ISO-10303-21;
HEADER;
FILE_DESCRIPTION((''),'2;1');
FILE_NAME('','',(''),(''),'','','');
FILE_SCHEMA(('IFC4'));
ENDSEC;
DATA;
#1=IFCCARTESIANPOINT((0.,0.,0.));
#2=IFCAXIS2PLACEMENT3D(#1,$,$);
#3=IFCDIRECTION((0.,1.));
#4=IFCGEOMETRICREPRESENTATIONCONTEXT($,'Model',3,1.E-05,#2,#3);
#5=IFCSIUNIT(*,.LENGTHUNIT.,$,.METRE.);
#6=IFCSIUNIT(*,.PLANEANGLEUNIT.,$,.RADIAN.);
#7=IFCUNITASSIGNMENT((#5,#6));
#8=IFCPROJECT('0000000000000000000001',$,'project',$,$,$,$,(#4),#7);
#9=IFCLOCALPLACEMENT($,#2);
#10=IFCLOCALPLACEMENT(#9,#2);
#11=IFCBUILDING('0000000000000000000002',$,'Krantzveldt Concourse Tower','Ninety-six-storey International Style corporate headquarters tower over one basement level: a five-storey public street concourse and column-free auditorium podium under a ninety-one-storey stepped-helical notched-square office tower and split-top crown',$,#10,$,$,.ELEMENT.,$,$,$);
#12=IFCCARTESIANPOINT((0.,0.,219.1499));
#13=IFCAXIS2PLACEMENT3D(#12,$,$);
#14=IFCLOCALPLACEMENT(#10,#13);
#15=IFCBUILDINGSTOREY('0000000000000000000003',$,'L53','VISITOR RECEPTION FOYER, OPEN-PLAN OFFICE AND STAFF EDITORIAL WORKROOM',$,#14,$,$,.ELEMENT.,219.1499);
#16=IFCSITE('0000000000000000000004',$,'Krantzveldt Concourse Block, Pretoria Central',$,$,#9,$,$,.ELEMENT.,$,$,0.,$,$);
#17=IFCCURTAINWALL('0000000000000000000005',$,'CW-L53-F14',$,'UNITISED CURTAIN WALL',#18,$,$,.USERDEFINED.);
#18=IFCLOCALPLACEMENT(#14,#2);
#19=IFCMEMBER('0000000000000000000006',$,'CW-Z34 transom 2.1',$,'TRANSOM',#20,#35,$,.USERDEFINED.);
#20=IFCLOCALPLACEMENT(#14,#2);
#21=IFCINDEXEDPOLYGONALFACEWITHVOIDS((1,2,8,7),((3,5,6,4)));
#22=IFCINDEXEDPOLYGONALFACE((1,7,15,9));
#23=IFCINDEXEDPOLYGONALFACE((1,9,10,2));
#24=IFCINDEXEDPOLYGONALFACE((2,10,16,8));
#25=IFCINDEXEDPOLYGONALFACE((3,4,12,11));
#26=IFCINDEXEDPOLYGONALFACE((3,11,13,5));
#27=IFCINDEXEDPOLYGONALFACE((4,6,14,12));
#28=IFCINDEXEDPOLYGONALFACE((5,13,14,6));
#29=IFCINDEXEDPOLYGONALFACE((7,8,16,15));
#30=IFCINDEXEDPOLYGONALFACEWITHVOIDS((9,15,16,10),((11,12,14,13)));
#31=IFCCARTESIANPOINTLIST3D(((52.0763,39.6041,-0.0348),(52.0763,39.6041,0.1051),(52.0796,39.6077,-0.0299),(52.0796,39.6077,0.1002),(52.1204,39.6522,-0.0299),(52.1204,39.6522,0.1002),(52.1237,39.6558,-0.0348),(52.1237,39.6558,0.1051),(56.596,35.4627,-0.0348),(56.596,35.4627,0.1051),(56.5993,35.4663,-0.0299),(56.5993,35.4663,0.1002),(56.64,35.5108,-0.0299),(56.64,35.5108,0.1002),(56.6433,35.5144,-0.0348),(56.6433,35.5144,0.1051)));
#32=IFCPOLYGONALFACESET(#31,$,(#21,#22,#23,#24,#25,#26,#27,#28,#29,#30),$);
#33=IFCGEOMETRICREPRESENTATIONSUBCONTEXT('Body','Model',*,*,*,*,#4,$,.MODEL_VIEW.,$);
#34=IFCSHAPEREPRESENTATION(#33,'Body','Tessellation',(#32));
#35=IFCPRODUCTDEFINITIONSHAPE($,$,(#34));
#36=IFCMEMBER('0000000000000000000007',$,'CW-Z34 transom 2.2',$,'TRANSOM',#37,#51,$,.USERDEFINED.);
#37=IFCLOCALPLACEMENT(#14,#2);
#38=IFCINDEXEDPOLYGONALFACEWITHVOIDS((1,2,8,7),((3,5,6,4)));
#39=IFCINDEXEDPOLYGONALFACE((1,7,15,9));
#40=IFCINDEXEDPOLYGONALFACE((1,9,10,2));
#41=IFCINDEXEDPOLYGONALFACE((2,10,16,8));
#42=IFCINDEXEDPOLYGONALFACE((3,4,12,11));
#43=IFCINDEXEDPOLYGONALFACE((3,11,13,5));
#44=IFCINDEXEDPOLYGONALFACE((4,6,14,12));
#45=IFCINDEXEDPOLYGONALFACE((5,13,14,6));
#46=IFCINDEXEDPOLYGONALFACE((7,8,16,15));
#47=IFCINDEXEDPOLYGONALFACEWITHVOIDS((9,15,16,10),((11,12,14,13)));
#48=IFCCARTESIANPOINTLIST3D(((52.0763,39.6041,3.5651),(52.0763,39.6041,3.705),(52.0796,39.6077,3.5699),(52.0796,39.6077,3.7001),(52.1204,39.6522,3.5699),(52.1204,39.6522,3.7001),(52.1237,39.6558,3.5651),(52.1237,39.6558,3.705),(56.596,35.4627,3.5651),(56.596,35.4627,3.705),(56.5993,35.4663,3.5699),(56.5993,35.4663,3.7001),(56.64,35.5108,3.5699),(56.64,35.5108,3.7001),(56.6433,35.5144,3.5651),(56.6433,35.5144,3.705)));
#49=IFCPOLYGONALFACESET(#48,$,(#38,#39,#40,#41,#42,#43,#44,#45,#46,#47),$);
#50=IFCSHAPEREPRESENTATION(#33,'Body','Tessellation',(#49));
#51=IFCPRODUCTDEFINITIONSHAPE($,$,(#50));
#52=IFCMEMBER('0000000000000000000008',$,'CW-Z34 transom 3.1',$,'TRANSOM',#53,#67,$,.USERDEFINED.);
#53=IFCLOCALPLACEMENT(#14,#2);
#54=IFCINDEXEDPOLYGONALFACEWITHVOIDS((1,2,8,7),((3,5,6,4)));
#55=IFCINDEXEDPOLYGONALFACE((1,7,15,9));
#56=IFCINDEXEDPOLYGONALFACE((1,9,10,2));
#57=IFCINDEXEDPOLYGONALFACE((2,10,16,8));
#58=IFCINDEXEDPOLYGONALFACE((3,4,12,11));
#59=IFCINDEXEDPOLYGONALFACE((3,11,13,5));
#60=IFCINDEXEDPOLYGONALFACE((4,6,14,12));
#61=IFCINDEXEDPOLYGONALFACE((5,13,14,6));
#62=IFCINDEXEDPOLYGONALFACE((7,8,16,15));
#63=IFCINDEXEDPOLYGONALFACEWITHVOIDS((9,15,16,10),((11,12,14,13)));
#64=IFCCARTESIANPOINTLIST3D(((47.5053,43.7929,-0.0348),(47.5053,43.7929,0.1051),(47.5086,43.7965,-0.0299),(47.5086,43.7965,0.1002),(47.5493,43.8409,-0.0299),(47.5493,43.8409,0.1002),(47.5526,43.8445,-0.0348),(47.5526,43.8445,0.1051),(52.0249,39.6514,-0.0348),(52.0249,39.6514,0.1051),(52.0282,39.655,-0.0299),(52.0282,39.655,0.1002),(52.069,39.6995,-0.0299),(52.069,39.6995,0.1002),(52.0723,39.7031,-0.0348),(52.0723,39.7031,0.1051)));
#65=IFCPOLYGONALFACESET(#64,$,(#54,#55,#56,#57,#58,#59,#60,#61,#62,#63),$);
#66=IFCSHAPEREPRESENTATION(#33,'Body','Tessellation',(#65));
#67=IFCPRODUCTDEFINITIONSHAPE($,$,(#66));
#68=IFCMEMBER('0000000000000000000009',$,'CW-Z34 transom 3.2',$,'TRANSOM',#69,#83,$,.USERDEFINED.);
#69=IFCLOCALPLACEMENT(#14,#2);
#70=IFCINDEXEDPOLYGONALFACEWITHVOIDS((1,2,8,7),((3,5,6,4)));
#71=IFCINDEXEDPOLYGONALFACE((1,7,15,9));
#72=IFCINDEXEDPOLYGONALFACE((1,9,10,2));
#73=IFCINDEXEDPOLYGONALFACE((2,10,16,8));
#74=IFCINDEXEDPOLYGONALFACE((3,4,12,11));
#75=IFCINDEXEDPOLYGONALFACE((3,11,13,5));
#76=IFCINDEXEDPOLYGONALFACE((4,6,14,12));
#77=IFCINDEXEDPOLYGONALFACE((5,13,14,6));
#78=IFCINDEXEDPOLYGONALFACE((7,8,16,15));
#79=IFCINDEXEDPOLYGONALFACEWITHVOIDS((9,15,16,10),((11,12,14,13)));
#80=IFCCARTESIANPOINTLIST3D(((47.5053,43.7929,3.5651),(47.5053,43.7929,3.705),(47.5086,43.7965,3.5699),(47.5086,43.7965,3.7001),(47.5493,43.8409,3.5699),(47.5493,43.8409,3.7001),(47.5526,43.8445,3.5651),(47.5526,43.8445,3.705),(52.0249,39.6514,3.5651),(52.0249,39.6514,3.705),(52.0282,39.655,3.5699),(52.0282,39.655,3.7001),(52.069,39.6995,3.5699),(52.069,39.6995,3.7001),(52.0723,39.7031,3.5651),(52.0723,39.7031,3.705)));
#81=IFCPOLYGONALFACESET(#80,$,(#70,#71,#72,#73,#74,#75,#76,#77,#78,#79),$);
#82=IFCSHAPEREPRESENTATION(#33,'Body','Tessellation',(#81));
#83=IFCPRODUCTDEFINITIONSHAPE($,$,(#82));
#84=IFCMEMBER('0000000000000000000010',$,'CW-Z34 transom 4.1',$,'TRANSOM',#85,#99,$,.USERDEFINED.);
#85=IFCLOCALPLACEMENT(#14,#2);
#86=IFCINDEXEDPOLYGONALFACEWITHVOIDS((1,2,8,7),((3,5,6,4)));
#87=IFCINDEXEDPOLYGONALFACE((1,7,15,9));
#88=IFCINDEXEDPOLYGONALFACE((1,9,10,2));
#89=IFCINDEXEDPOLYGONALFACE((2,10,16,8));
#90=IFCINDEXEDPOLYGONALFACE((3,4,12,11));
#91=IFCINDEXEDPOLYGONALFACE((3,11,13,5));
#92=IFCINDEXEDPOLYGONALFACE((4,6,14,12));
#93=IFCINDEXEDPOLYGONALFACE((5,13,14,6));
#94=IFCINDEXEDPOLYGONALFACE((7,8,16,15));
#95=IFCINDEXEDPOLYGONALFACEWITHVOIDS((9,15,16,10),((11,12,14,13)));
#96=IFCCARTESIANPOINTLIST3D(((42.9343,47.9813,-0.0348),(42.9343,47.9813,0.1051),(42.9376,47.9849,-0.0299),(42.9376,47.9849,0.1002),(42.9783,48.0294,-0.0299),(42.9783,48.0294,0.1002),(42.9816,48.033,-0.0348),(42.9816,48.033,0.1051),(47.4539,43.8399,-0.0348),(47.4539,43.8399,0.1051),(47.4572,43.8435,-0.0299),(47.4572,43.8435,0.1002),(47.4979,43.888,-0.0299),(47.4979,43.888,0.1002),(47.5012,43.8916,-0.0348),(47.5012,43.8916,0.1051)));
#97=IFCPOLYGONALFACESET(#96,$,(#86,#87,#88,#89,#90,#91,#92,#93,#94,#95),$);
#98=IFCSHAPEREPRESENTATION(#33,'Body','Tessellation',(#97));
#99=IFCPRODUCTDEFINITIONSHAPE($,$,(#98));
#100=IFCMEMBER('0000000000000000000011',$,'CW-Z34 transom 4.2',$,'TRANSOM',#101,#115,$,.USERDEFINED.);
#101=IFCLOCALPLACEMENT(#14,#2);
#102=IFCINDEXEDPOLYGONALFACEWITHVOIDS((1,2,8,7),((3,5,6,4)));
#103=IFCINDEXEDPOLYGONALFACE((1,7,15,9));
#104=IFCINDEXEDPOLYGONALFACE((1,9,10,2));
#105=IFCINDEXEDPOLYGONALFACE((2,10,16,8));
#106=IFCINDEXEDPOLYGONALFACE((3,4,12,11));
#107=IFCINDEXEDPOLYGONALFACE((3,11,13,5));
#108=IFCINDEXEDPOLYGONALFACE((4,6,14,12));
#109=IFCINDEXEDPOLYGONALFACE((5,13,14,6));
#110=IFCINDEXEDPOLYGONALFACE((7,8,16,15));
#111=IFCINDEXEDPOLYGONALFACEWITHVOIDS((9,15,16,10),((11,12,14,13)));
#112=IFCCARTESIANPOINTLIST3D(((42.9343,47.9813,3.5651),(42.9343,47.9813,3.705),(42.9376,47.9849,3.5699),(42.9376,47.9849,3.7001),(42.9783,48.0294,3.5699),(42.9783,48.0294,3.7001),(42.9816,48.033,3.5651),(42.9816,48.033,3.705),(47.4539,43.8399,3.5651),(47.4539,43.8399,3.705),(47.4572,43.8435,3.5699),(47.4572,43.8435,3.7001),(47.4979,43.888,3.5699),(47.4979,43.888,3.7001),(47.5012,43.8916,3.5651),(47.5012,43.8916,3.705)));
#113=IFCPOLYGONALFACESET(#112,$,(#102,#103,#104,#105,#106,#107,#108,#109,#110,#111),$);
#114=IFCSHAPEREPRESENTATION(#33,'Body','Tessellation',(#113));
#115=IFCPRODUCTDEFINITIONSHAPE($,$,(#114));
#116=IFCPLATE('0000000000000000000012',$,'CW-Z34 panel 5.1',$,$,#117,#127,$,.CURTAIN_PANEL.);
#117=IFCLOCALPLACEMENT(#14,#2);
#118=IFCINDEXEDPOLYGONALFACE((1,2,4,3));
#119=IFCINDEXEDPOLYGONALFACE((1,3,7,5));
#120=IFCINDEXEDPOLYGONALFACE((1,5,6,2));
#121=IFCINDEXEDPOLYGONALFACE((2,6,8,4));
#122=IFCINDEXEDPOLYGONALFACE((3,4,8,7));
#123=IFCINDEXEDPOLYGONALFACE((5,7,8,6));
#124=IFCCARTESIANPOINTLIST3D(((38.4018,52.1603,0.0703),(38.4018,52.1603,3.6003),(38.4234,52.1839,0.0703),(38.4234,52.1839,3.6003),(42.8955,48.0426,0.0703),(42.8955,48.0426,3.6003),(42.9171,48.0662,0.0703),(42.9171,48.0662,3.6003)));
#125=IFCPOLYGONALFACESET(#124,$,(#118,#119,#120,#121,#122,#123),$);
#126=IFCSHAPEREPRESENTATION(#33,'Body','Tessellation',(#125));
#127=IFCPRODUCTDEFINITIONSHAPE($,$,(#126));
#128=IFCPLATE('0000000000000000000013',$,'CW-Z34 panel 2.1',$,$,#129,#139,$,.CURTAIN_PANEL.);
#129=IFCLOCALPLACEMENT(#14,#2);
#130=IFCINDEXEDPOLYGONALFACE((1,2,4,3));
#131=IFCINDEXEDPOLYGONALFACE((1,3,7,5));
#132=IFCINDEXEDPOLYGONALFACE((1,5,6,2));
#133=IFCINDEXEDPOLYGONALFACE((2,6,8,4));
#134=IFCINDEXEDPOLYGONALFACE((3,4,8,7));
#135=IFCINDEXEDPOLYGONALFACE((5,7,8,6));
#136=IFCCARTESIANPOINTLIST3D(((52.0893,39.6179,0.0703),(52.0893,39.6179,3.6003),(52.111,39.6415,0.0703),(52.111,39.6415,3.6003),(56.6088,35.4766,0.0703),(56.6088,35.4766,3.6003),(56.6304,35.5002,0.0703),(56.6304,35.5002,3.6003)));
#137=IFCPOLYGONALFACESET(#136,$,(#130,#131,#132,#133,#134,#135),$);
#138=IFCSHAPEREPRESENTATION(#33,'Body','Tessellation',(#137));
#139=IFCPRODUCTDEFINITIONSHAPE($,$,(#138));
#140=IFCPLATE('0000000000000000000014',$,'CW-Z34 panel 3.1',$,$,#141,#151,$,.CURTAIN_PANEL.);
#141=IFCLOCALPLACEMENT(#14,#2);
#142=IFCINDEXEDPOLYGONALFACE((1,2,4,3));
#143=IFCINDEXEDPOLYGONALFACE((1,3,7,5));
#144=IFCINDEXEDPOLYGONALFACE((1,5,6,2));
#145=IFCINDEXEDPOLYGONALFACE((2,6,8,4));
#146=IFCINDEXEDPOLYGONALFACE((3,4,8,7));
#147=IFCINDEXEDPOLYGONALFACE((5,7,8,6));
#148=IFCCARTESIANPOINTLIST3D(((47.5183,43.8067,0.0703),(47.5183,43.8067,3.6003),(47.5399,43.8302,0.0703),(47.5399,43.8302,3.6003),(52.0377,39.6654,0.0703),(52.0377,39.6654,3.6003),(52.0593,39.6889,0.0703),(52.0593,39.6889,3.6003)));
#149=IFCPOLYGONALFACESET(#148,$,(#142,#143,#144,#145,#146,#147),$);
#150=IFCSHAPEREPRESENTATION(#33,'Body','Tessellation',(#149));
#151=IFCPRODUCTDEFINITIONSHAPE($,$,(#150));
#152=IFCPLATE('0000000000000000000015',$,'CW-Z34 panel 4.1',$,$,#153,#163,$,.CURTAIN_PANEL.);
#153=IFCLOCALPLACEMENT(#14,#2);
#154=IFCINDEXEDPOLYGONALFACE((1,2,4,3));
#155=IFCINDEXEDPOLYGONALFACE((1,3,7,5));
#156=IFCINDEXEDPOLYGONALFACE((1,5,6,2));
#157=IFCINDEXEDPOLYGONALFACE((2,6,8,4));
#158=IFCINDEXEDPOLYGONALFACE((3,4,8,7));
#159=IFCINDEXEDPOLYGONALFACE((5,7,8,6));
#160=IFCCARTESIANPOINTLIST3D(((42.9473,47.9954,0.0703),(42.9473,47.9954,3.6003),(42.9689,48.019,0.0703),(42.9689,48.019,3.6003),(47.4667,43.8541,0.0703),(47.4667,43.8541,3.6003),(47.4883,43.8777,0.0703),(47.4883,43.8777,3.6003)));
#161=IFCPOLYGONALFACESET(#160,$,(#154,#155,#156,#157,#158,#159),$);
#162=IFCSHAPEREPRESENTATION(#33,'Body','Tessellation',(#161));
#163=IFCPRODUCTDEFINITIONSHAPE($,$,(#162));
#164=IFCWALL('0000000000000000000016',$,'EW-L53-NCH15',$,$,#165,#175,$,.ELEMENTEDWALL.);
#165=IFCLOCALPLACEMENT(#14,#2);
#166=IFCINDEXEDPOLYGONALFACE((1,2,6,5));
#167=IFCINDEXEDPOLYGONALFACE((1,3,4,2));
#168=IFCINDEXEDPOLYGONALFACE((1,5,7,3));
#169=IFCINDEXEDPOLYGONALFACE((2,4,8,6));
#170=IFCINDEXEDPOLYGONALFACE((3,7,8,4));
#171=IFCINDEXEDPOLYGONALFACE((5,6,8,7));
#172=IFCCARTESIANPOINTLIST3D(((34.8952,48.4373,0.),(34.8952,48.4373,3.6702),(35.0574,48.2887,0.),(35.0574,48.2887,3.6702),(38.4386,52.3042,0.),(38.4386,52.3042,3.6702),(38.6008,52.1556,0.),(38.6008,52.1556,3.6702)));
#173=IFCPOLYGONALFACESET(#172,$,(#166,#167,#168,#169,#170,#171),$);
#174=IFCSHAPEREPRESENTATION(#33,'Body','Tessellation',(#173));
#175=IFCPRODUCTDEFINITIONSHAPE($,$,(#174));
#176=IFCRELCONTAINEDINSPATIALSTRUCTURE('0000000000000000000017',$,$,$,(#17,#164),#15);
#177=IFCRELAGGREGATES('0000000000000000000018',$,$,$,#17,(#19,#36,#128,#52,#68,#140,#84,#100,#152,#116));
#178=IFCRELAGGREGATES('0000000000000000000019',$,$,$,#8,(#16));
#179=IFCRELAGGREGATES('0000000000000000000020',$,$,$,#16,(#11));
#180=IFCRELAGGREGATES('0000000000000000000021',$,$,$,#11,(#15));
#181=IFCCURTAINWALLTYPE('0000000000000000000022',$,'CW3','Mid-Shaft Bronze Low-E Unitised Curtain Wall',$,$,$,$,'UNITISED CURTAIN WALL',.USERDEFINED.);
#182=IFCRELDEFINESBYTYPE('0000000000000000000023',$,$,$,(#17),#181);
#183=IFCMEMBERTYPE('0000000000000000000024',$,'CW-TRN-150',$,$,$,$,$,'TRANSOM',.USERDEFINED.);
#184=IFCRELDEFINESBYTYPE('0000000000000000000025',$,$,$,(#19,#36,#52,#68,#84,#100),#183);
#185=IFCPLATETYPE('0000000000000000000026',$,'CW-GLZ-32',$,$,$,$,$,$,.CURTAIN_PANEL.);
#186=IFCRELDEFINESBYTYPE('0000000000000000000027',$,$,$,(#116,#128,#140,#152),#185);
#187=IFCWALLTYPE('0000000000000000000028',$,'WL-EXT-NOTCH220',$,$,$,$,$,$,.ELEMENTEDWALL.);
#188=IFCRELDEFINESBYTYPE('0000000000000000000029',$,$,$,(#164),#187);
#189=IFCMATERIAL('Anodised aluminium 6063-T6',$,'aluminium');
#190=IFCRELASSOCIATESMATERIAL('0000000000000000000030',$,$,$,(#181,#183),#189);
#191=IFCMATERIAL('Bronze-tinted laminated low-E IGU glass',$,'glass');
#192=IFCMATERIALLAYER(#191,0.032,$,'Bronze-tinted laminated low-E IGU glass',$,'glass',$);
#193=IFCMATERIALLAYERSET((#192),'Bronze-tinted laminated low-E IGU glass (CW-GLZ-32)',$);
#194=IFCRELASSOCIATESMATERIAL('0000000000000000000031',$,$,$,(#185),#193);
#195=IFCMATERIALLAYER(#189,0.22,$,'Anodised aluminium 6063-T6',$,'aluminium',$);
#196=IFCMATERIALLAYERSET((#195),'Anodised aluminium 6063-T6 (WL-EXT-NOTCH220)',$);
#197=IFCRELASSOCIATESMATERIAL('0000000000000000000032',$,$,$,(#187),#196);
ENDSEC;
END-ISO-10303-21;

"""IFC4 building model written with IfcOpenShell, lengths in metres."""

from ifc_helpers import new_model, si_unit, direction, frame, frame_2d, origin, origin_2d, place, context, subcontext, project, spatial, rectangle, hollow_rectangle, extrude, source, transform, mapped, material, layer, layer_set, material_profile, profile_set, type_object, type_shapes, element, aggregate, save


model = new_model("IFC4")

# Units and contexts
model_context = context("Model", 3, precision=1e-05, world=origin(), true_north=direction((0.0, 1.0)))
body_context = subcontext(model_context, "Body", "Model", "MODEL_VIEW")
ifc_project = project(units=[si_unit("LENGTHUNIT", "METRE"), si_unit("PLANEANGLEUNIT", "RADIAN")], contexts=[model_context])

# Site, building, storey
site_placement = place(None, origin())
site = spatial("IfcSite", under=ifc_project, at=site_placement, Name="Krantzveldt Concourse Block, Pretoria Central", CompositionType="ELEMENT", RefElevation=0.0)
building_placement = place(site_placement, origin())
building = spatial("IfcBuilding", under=site, at=building_placement, Name="Krantzveldt Concourse Tower", Description="Ninety-six-storey International Style corporate headquarters tower over one basement level: a five-storey public street concourse and column-free auditorium podium under a ninety-one-storey stepped-helical notched-square office tower and split-top crown", CompositionType="ELEMENT")
storey_placement = place(building_placement, frame((0.0, 0.0, 219.1499)))
storey = spatial("IfcBuildingStorey", under=building, at=storey_placement, Name="L53", Description="VISITOR RECEPTION FOYER, OPEN-PLAN OFFICE AND STAFF EDITORIAL WORKROOM", CompositionType="ELEMENT", Elevation=219.1499)

# Curtain wall, members, plates
ifc_material_1 = material(Name="Anodised aluminium 6063-T6", Category="aluminium")
curtain_wall_type = type_object("IfcCurtainWallType", Name="CW3", Description="Mid-Shaft Bronze Low-E Unitised Curtain Wall", ElementType="UNITISED CURTAIN WALL", PredefinedType="USERDEFINED", material=ifc_material_1)
curtain_wall_placement = place(storey_placement, origin())
curtain_wall = element("IfcCurtainWall", 1, at=curtain_wall_placement, inside=storey, type_object=curtain_wall_type, Name="CW-L53-F14", ObjectType="UNITISED CURTAIN WALL", PredefinedType="USERDEFINED")
ifc_material_profile_1 = material_profile(ifc_material_1, hollow_rectangle(XDim=0.0701, YDim=0.1399, WallThickness=0.0049, at=origin_2d()), Name="Anodised aluminium 6063-T6", Category="aluminium")
ifc_profile_set_1 = profile_set([ifc_material_profile_1], Name="Anodised aluminium 6063-T6 - ALU-TRAN 140x70x5")
member_type_1 = type_object("IfcMemberType", Name="CW-TRN-150", ElementType="TRANSOM", PredefinedType="USERDEFINED", material=ifc_profile_set_1)
shared_shape_1 = source(origin(), body_context, "Body", "SweptSolid", [
    extrude(hollow_rectangle(XDim=0.0701, YDim=0.1399, WallThickness=0.0049, at=origin_2d()), origin(), (0.0, 0.0, 1.0), 6.1301),
])
member_1_placement = place(storey_placement, frame((56.6196, 35.4885, 0.0352), z_axis=(-0.73728, 0.675588, 0.0), x_axis=(-0.675588, -0.73728, 0.0)))
member_1 = element("IfcMember", 2, at=member_1_placement, type_object=member_type_1, Name="CW-Z34 transom 2.1", ObjectType="TRANSOM", PredefinedType="USERDEFINED", context=body_context, shape_type="MappedRepresentation", body=[
    mapped(shared_shape_1, transform((0.0, 0.0, 0.0), x_axis=(1.0, 0.0, 0.0), y_axis=(0.0, 1.0, 0.0), z_axis=(0.0, 0.0, 1.0), scale=1.0)),
])
member_2_placement = place(storey_placement, frame((56.6196, 35.4885, 3.635), z_axis=(-0.73728, 0.675588, 0.0), x_axis=(-0.675588, -0.73728, 0.0)))
member_2 = element("IfcMember", 3, at=member_2_placement, type_object=member_type_1, Name="CW-Z34 transom 2.2", ObjectType="TRANSOM", PredefinedType="USERDEFINED", context=body_context, shape_type="MappedRepresentation", body=[
    mapped(shared_shape_1, transform((0.0, 0.0, 0.0), x_axis=(1.0, 0.0, 0.0), y_axis=(0.0, 1.0, 0.0), z_axis=(0.0, 0.0, 1.0), scale=1.0)),
])
member_3_placement = place(storey_placement, frame((52.0486, 39.6772, 0.0352), z_axis=(-0.73728, 0.675588, 0.0), x_axis=(-0.675588, -0.73728, 0.0)))
member_3 = element("IfcMember", 4, at=member_3_placement, type_object=member_type_1, Name="CW-Z34 transom 3.1", ObjectType="TRANSOM", PredefinedType="USERDEFINED", context=body_context, shape_type="MappedRepresentation", body=[
    mapped(shared_shape_1, transform((0.0, 0.0, 0.0), x_axis=(1.0, 0.0, 0.0), y_axis=(0.0, 1.0, 0.0), z_axis=(0.0, 0.0, 1.0), scale=1.0)),
])
member_4_placement = place(storey_placement, frame((52.0486, 39.6772, 3.635), z_axis=(-0.73728, 0.675588, 0.0), x_axis=(-0.675588, -0.73728, 0.0)))
member_4 = element("IfcMember", 5, at=member_4_placement, type_object=member_type_1, Name="CW-Z34 transom 3.2", ObjectType="TRANSOM", PredefinedType="USERDEFINED", context=body_context, shape_type="MappedRepresentation", body=[
    mapped(shared_shape_1, transform((0.0, 0.0, 0.0), x_axis=(1.0, 0.0, 0.0), y_axis=(0.0, 1.0, 0.0), z_axis=(0.0, 0.0, 1.0), scale=1.0)),
])
member_5_placement = place(storey_placement, frame((47.4775, 43.8657, 0.0352), z_axis=(-0.73728, 0.675588, 0.0), x_axis=(-0.675588, -0.73728, 0.0)))
member_5 = element("IfcMember", 6, at=member_5_placement, type_object=member_type_1, Name="CW-Z34 transom 4.1", ObjectType="TRANSOM", PredefinedType="USERDEFINED", context=body_context, shape_type="MappedRepresentation", body=[
    mapped(shared_shape_1, transform((0.0, 0.0, 0.0), x_axis=(1.0, 0.0, 0.0), y_axis=(0.0, 1.0, 0.0), z_axis=(0.0, 0.0, 1.0), scale=1.0)),
])
member_6_placement = place(storey_placement, frame((47.4775, 43.8657, 3.635), z_axis=(-0.73728, 0.675588, 0.0), x_axis=(-0.675588, -0.73728, 0.0)))
member_6 = element("IfcMember", 7, at=member_6_placement, type_object=member_type_1, Name="CW-Z34 transom 4.2", ObjectType="TRANSOM", PredefinedType="USERDEFINED", context=body_context, shape_type="MappedRepresentation", body=[
    mapped(shared_shape_1, transform((0.0, 0.0, 0.0), x_axis=(1.0, 0.0, 0.0), y_axis=(0.0, 1.0, 0.0), z_axis=(0.0, 0.0, 1.0), scale=1.0)),
])
ifc_material_2 = material(Name="Bronze-tinted laminated low-E IGU glass", Category="glass")
ifc_layer_1 = layer(ifc_material_2, 0.032, Name="Bronze-tinted laminated low-E IGU glass", Category="glass")
ifc_layer_set_1 = layer_set([ifc_layer_1], Name="Bronze-tinted laminated low-E IGU glass (CW-GLZ-32)")
plate_type = type_object("IfcPlateType", Name="CW-GLZ-32", PredefinedType="CURTAIN_PANEL", material=ifc_layer_set_1)
shared_shape_2 = source(origin(), body_context, "Body", "SweptSolid", [
    extrude(rectangle(XDim=6.095, YDim=0.032, at=origin_2d()), origin(), (0.0, 0.0, 1.0), 3.53),
])
plate_1_placement = place(storey_placement, frame((40.6594, 50.1133, 0.0703), z_axis=(0.0, 0.0, 1.0), x_axis=(-0.737277, 0.67559, 0.0)))
plate_1 = element("IfcPlate", 8, at=plate_1_placement, type_object=plate_type, Name="CW-Z34 panel 5.1", PredefinedType="CURTAIN_PANEL", context=body_context, shape_type="MappedRepresentation", body=[
    mapped(shared_shape_2, transform((0.0, 0.0, 0.0), x_axis=(1.0, 0.0, 0.0), y_axis=(0.0, 1.0, 0.0), z_axis=(0.0, 0.0, 1.0), scale=1.0)),
])
shared_shape_3 = source(origin(), body_context, "Body", "SweptSolid", [
    extrude(rectangle(XDim=6.1299, YDim=0.032, at=origin_2d()), origin(), (0.0, 0.0, 1.0), 3.53),
])
type_shapes(plate_type, [shared_shape_2, shared_shape_3])
plate_2_placement = place(storey_placement, frame((54.3599, 37.5591, 0.0703), z_axis=(0.0, 0.0, 1.0), x_axis=(-0.737277, 0.67559, 0.0)))
plate_2 = element("IfcPlate", 9, at=plate_2_placement, type_object=plate_type, Name="CW-Z34 panel 2.1", PredefinedType="CURTAIN_PANEL", context=body_context, shape_type="MappedRepresentation", body=[
    mapped(shared_shape_3, transform((0.0, 0.0, 0.0), x_axis=(1.0, 0.0, 0.0), y_axis=(0.0, 1.0, 0.0), z_axis=(0.0, 0.0, 1.0), scale=1.0)),
])
plate_3_placement = place(storey_placement, frame((49.7888, 41.7478, 0.0703), z_axis=(0.0, 0.0, 1.0), x_axis=(-0.737277, 0.67559, 0.0)))
plate_3 = element("IfcPlate", 10, at=plate_3_placement, type_object=plate_type, Name="CW-Z34 panel 3.1", PredefinedType="CURTAIN_PANEL", context=body_context, shape_type="MappedRepresentation", body=[
    mapped(shared_shape_3, transform((0.0, 0.0, 0.0), x_axis=(1.0, 0.0, 0.0), y_axis=(0.0, 1.0, 0.0), z_axis=(0.0, 0.0, 1.0), scale=1.0)),
])
plate_4_placement = place(storey_placement, frame((45.2178, 45.9365, 0.0703), z_axis=(0.0, 0.0, 1.0), x_axis=(-0.737277, 0.67559, 0.0)))
plate_4 = element("IfcPlate", 11, at=plate_4_placement, type_object=plate_type, Name="CW-Z34 panel 4.1", PredefinedType="CURTAIN_PANEL", context=body_context, shape_type="MappedRepresentation", body=[
    mapped(shared_shape_3, transform((0.0, 0.0, 0.0), x_axis=(1.0, 0.0, 0.0), y_axis=(0.0, 1.0, 0.0), z_axis=(0.0, 0.0, 1.0), scale=1.0)),
])
aggregate(curtain_wall, [member_1, member_2, plate_2, member_3, member_4, plate_3, member_5, member_6, plate_4, plate_1])

# Wall
ifc_layer_2 = layer(ifc_material_1, 0.22, Name="Anodised aluminium 6063-T6", Category="aluminium")
ifc_layer_set_2 = layer_set([ifc_layer_2], Name="Anodised aluminium 6063-T6 (WL-EXT-NOTCH220)")
wall_type_1 = type_object("IfcWallType", Name="WL-EXT-NOTCH220", PredefinedType="ELEMENTEDWALL", material=ifc_layer_set_2)
wall_1_placement = place(storey_placement, frame((38.5198, 52.23, 0.0), z_axis=(0.0, 0.0, 1.0), x_axis=(-0.675596, -0.737272, 0.0)))
element("IfcWall", 12, at=wall_1_placement, inside=storey, type_object=wall_type_1, Name="EW-L53-NCH15", PredefinedType="ELEMENTEDWALL", context=body_context, shape_type="SweptSolid", body=[
    extrude(rectangle(XDim=5.2449, YDim=0.22, at=frame_2d((2.6226, 0.0))), origin(), (0.0, 0.0, 1.0), 3.6702),
])

save(model, "model.ifc")
